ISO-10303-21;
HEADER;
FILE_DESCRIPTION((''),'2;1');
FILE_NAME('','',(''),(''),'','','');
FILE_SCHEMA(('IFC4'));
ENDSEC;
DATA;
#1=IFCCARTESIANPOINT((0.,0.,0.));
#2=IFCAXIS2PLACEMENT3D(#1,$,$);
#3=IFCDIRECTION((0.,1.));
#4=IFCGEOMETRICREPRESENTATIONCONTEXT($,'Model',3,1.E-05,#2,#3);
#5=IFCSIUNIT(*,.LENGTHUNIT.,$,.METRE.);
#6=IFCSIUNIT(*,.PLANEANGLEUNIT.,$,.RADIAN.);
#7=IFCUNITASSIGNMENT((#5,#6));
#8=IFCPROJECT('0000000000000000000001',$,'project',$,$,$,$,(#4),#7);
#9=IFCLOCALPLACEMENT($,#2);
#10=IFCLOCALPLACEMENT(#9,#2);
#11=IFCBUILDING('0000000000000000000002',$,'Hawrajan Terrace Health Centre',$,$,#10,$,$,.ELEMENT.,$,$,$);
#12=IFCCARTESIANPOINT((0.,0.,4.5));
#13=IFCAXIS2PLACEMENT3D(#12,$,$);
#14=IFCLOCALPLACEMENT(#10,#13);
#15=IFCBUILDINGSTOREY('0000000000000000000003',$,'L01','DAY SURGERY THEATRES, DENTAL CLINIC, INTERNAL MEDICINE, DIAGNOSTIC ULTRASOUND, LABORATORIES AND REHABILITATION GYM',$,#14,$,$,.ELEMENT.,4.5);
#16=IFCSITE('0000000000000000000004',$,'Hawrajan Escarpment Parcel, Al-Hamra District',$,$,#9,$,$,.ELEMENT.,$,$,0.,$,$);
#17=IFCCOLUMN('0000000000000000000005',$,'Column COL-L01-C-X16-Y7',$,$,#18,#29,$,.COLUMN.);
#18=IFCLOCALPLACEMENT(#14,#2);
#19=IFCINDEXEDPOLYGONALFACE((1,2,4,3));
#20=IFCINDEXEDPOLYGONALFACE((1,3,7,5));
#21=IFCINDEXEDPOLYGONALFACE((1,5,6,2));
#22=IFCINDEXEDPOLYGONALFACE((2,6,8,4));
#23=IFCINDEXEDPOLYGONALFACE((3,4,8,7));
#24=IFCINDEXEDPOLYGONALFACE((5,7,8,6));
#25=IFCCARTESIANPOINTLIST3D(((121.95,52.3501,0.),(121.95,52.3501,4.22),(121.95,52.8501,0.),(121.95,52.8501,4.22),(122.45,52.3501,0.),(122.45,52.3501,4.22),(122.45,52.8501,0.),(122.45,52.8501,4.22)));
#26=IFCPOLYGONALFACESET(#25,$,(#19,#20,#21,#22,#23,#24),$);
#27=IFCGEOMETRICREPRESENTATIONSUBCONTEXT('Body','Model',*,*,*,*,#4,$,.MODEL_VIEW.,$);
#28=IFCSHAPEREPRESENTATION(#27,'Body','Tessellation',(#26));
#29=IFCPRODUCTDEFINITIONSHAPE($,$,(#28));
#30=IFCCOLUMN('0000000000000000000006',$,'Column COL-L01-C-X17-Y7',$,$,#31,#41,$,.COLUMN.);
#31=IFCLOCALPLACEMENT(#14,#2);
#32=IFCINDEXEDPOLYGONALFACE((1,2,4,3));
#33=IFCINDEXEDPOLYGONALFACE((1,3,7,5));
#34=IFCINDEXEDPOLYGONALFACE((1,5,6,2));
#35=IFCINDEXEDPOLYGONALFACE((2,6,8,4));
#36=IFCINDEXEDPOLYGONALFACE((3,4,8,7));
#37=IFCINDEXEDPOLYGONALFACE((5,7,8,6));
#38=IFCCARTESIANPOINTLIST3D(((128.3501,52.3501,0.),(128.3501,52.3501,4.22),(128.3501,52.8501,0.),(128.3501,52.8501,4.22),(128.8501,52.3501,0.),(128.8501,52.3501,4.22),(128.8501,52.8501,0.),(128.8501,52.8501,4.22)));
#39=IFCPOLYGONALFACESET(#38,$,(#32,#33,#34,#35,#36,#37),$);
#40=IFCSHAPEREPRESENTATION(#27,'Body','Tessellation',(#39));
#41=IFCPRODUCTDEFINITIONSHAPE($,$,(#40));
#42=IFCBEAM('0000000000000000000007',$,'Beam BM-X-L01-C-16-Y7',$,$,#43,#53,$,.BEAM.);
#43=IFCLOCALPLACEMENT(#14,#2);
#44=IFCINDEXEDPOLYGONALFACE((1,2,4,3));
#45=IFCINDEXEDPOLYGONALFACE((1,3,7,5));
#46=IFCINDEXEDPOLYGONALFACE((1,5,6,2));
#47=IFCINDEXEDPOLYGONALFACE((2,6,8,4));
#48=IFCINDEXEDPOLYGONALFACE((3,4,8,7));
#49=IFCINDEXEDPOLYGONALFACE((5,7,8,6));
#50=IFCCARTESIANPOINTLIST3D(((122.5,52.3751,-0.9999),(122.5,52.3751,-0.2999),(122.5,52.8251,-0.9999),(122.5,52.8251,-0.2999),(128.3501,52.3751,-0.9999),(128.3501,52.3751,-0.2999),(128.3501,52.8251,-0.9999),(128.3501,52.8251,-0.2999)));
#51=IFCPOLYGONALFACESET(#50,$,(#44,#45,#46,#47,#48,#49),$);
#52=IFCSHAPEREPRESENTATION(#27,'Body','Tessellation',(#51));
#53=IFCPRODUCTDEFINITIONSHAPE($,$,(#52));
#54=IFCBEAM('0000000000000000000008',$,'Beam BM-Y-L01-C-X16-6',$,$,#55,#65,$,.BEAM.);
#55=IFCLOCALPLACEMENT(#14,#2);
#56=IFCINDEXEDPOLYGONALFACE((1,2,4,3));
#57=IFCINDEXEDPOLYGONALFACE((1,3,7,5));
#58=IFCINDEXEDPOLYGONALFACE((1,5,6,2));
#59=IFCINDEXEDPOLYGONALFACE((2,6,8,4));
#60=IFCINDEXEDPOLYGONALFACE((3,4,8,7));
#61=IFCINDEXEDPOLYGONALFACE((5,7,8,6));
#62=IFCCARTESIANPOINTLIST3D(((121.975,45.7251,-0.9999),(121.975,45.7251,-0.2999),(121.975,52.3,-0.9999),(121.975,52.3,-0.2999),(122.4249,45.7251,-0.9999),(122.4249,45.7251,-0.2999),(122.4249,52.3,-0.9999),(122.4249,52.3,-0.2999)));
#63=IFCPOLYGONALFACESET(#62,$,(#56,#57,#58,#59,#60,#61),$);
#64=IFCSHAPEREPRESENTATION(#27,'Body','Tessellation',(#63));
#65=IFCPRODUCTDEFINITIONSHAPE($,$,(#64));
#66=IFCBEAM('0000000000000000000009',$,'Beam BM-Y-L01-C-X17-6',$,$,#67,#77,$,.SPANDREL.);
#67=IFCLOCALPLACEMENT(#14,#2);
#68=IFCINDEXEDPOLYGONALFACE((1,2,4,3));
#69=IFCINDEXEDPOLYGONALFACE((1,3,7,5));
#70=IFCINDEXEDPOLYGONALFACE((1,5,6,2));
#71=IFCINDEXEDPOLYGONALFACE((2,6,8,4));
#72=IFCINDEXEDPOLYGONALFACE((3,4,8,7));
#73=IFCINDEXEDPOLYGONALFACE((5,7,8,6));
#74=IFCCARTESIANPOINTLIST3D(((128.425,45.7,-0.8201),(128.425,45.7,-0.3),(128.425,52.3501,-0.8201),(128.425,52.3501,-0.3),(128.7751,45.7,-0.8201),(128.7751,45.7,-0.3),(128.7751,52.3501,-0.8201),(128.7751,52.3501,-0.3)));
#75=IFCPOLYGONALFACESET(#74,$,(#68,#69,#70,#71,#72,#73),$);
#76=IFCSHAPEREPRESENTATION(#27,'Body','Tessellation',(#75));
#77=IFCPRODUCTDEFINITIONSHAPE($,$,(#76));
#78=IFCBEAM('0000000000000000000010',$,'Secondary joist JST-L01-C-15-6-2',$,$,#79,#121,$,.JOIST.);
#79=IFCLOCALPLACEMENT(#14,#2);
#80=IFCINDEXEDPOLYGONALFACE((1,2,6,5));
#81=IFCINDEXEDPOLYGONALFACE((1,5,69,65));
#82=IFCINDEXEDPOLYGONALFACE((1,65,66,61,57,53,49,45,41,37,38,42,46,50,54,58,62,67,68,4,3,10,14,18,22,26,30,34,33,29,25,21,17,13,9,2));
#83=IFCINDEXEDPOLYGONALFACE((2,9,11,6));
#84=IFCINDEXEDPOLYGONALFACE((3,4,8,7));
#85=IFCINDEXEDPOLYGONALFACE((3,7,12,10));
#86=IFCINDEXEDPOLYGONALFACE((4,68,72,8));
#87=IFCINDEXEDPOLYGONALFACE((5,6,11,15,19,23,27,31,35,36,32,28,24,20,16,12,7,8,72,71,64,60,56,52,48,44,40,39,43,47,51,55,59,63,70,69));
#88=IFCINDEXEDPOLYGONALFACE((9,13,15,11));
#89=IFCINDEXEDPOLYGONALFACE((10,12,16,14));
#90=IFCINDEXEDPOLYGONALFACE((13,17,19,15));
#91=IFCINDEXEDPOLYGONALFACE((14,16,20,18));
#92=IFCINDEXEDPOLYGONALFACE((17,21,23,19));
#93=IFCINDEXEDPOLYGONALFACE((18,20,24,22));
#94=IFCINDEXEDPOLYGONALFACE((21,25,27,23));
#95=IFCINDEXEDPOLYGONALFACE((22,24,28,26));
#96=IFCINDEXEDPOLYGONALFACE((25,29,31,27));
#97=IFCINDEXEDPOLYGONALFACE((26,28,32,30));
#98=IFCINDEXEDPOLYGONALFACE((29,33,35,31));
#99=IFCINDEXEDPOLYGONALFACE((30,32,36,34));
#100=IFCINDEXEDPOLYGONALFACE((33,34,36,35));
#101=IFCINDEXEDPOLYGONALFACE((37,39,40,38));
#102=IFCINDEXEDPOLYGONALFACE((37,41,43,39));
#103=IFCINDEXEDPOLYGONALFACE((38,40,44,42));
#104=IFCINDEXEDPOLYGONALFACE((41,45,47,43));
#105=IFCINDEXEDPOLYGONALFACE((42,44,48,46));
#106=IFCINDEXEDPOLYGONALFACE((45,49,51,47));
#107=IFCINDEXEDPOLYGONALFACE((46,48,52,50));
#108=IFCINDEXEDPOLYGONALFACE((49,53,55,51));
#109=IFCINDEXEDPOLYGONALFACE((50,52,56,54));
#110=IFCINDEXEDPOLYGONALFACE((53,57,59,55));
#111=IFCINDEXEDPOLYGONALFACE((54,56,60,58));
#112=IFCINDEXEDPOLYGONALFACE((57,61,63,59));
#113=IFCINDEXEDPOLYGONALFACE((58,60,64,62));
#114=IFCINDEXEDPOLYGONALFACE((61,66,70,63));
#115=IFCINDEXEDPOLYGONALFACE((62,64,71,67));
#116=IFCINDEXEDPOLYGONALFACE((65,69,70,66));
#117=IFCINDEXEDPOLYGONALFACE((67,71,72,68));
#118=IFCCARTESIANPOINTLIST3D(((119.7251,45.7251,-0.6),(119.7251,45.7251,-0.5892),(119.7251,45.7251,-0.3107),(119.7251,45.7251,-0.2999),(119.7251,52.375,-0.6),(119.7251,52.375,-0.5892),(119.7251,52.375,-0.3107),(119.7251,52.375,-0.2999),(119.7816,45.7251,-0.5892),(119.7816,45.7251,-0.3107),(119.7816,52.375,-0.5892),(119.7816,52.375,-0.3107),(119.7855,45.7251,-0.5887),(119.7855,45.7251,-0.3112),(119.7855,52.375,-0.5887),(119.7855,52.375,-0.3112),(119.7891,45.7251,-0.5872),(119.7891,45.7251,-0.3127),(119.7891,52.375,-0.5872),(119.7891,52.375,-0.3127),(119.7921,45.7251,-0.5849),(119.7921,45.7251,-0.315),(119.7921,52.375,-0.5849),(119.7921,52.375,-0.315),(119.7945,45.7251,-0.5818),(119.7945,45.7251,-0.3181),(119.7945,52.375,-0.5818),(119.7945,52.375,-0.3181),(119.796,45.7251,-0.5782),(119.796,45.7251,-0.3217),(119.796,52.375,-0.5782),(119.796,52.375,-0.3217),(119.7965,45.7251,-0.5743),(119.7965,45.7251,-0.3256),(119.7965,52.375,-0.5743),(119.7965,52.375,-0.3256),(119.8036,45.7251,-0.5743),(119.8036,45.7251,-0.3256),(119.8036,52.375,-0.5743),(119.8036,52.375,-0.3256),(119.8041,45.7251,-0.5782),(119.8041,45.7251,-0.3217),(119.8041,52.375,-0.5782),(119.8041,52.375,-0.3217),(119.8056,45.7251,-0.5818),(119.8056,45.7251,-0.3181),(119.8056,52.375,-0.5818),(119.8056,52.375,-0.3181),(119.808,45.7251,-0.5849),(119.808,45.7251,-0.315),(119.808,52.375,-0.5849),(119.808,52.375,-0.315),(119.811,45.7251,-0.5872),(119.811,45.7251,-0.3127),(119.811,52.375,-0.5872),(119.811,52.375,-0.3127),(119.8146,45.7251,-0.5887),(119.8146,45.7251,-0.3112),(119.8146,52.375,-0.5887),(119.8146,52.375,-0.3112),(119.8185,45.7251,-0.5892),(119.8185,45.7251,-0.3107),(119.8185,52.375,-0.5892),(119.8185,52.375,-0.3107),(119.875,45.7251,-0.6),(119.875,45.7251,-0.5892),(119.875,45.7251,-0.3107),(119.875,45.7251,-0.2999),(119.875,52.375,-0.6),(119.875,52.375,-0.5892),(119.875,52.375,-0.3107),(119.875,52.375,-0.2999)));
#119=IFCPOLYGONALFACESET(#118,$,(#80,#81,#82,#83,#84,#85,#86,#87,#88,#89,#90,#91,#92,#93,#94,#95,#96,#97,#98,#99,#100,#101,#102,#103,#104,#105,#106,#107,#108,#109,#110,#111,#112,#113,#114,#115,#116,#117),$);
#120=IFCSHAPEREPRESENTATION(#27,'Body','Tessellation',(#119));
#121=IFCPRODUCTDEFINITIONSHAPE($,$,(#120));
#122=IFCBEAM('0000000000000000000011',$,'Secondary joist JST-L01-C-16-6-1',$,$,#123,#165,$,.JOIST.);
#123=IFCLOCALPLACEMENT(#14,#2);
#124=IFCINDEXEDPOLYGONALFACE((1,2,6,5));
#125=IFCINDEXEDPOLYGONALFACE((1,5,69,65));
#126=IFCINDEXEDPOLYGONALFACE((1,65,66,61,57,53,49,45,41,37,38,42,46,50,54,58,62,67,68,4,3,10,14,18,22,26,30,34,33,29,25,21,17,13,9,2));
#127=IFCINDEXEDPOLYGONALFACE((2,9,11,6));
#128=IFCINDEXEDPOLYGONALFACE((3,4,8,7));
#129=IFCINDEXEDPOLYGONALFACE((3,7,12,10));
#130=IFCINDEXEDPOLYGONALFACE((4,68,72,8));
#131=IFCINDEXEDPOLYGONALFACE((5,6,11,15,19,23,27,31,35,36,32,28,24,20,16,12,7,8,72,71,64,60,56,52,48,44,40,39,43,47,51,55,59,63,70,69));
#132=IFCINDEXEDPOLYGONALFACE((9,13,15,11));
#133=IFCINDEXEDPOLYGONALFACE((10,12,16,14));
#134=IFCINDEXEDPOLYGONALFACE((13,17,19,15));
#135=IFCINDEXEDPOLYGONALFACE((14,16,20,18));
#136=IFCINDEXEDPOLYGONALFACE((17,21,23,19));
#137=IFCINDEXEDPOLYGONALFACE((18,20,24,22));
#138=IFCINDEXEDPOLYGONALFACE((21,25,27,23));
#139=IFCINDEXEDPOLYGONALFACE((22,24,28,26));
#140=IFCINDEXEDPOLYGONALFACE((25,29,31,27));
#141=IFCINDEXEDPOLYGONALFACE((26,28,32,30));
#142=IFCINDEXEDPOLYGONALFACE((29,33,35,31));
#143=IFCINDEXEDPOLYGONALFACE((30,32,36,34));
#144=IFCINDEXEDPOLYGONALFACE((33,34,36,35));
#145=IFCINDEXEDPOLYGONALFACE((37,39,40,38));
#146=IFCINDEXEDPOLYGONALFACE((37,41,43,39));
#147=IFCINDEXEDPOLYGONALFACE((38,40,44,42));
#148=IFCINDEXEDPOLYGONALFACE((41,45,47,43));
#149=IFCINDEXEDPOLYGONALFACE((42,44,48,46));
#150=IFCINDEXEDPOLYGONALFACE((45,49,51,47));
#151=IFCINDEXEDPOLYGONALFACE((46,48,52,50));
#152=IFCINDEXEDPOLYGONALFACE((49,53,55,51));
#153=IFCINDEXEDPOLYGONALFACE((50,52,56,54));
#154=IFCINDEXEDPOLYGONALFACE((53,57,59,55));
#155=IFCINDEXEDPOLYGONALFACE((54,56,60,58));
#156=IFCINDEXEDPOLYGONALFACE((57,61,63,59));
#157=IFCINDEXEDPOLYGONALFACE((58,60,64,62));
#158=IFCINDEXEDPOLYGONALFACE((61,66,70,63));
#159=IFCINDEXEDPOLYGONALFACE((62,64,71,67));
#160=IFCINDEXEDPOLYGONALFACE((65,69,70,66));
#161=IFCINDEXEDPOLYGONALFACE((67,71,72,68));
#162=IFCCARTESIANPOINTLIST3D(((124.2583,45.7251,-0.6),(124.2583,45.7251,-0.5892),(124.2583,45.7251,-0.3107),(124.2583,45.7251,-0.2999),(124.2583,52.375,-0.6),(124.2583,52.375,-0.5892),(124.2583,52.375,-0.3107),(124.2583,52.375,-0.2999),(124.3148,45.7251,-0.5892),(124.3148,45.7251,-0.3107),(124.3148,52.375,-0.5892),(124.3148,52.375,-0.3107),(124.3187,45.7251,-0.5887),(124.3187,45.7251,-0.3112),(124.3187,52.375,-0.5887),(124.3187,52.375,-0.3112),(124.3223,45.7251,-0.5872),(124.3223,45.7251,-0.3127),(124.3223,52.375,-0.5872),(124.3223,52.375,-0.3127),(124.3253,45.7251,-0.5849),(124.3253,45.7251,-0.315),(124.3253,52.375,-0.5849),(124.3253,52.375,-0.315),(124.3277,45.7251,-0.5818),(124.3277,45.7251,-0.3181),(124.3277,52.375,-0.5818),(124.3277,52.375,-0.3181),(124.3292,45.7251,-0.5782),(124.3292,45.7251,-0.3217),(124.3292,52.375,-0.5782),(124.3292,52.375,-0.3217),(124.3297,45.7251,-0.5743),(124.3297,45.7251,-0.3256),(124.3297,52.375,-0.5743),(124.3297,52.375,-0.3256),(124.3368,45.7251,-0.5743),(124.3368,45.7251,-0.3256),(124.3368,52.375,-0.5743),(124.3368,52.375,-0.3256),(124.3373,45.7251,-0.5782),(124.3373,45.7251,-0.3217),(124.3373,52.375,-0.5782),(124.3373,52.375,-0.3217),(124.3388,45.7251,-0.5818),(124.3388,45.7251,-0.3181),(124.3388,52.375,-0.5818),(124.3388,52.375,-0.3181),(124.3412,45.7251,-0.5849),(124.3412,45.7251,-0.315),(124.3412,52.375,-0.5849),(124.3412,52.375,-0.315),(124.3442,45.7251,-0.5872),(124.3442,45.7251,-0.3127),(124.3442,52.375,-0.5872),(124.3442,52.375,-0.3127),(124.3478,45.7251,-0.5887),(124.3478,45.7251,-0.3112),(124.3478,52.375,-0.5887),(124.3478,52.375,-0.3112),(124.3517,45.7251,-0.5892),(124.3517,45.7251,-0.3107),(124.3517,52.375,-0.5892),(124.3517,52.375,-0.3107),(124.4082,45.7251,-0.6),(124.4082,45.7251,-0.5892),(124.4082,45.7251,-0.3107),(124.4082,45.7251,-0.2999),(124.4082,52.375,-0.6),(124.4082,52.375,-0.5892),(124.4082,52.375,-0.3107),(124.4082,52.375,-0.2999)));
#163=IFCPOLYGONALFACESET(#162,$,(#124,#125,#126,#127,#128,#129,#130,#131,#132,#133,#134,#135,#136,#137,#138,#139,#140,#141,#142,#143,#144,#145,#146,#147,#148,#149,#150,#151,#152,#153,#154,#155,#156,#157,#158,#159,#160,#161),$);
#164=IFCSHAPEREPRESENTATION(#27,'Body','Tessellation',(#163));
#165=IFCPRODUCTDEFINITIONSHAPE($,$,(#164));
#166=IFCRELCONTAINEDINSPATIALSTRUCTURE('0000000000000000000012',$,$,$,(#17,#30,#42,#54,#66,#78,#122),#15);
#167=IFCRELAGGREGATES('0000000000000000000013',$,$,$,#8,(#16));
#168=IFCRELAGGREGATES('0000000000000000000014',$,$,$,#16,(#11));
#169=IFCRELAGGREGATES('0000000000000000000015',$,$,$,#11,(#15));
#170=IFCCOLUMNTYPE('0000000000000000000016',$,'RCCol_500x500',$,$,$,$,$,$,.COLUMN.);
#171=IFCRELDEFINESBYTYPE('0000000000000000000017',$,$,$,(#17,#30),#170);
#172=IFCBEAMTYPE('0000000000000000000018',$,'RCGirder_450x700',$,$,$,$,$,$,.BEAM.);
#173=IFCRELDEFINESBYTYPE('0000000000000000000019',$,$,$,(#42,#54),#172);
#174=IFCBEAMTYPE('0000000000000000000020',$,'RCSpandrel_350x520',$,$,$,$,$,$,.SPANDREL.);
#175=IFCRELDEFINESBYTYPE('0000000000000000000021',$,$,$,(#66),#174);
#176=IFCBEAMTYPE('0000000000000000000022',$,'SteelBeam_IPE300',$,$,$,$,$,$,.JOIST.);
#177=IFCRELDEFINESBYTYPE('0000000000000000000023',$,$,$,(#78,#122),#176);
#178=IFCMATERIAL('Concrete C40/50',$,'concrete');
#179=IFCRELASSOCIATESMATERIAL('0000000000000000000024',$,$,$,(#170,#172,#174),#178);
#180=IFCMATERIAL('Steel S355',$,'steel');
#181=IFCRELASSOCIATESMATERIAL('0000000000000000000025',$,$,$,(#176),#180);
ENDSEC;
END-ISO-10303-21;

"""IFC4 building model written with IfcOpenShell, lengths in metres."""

from ifc_helpers import new_model, si_unit, direction, frame, origin, origin_2d, place, context, subcontext, project, spatial, rectangle, i_section, extrude, material, material_profile, profile_set, type_object, element, save


model = new_model("IFC4")

# Units and contexts
model_context = context("Model", 3, precision=1e-05, world=origin(), true_north=direction((0.0, 1.0)))
body_context = subcontext(model_context, "Body", "Model", "MODEL_VIEW")
ifc_project = project(units=[si_unit("LENGTHUNIT", "METRE"), si_unit("PLANEANGLEUNIT", "RADIAN")], contexts=[model_context])

# Site, building, storey
site_placement = place(None, origin())
site = spatial("IfcSite", under=ifc_project, at=site_placement, Name="Hawrajan Escarpment Parcel, Al-Hamra District", CompositionType="ELEMENT", RefElevation=0.0)
building_placement = place(site_placement, origin())
building = spatial("IfcBuilding", under=site, at=building_placement, Name="Hawrajan Terrace Health Centre", CompositionType="ELEMENT")
storey_placement = place(building_placement, frame((0.0, 0.0, 4.5)))
storey = spatial("IfcBuildingStorey", under=building, at=storey_placement, Name="L01", Description="DAY SURGERY THEATRES, DENTAL CLINIC, INTERNAL MEDICINE, DIAGNOSTIC ULTRASOUND, LABORATORIES AND REHABILITATION GYM", CompositionType="ELEMENT", Elevation=4.5)

# Columns
ifc_material_1 = material(Name="Concrete C40/50", Category="concrete")
ifc_material_profile_1 = material_profile(ifc_material_1, rectangle(XDim=0.5, YDim=0.5, at=origin_2d()), Name="RC 500x500")
ifc_profile_set_1 = profile_set([ifc_material_profile_1], Name="Concrete C40/50")
column_type = type_object("IfcColumnType", Name="RCCol_500x500", PredefinedType="COLUMN", material=ifc_profile_set_1)
for number, where, z_axis, x_axis, name in (
    (1, (122.2, 52.6001, 0.0), (0.0, 0.0, 1.0), (1.0, 0.0, 0.0), "Column COL-L01-C-X16-Y7"),
    (2, (128.6001, 52.6001, 0.0), (0.0, 0.0, 1.0), (1.0, 0.0, 0.0), "Column COL-L01-C-X17-Y7"),
):
    element("IfcColumn", number, at=place(storey_placement, frame(where, z_axis=z_axis, x_axis=x_axis)), inside=storey, type_object=column_type, Name=name, PredefinedType="COLUMN", context=body_context, shape_type="SweptSolid", body=[
        extrude(rectangle(XDim=0.5, YDim=0.5, at=origin_2d()), origin(), (0.0, 0.0, 1.0), 4.22),
    ])

# Beams
ifc_material_profile_2 = material_profile(ifc_material_1, rectangle(XDim=0.45, YDim=0.7, at=origin_2d()), Name="RC BM 450x700")
ifc_profile_set_2 = profile_set([ifc_material_profile_2], Name="Concrete C40/50")
beam_type_1 = type_object("IfcBeamType", Name="RCGirder_450x700", PredefinedType="BEAM", material=ifc_profile_set_2)
beam_1_placement = place(storey_placement, frame((122.5, 52.6001, -0.6499), z_axis=(1.0, 0.0, 0.0), x_axis=(0.0, 1.0, 0.0)))
element("IfcBeam", 3, at=beam_1_placement, inside=storey, type_object=beam_type_1, Name="Beam BM-X-L01-C-16-Y7", PredefinedType="BEAM", context=body_context, shape_type="SweptSolid", body=[
    extrude(rectangle(XDim=0.45, YDim=0.7, at=origin_2d()), origin(), (0.0, 0.0, 1.0), 5.8501),
])
beam_2_placement = place(storey_placement, frame((122.2, 45.7251, -0.6499), z_axis=(0.0, 1.0, 0.0), x_axis=(-1.0, 0.0, 0.0)))
element("IfcBeam", 4, at=beam_2_placement, inside=storey, type_object=beam_type_1, Name="Beam BM-Y-L01-C-X16-6", PredefinedType="BEAM", context=body_context, shape_type="SweptSolid", body=[
    extrude(rectangle(XDim=0.45, YDim=0.7, at=origin_2d()), origin(), (0.0, 0.0, 1.0), 6.575),
])
ifc_material_profile_3 = material_profile(ifc_material_1, rectangle(XDim=0.3501, YDim=0.52, at=origin_2d()), Name="RC SP 350x520")
ifc_profile_set_3 = profile_set([ifc_material_profile_3], Name="Concrete C40/50")
beam_type_2 = type_object("IfcBeamType", Name="RCSpandrel_350x520", PredefinedType="SPANDREL", material=ifc_profile_set_3)
beam_3_placement = place(storey_placement, frame((128.6001, 45.7, -0.5601), z_axis=(0.0, 1.0, 0.0), x_axis=(-1.0, 0.0, 0.0)))
element("IfcBeam", 5, at=beam_3_placement, inside=storey, type_object=beam_type_2, Name="Beam BM-Y-L01-C-X17-6", PredefinedType="SPANDREL", context=body_context, shape_type="SweptSolid", body=[
    extrude(rectangle(XDim=0.3501, YDim=0.52, at=origin_2d()), origin(), (0.0, 0.0, 1.0), 6.6501),
])
ifc_material_2 = material(Name="Steel S355", Category="steel")
ifc_material_profile_4 = material_profile(ifc_material_2, i_section(OverallWidth=0.1499, OverallDepth=0.3, WebThickness=0.0071, FlangeThickness=0.0107, FilletRadius=0.0149, at=origin_2d()), Name="IPE 300")
ifc_profile_set_4 = profile_set([ifc_material_profile_4], Name="Steel S355")
beam_type_3 = type_object("IfcBeamType", Name="SteelBeam_IPE300", PredefinedType="JOIST", material=ifc_profile_set_4)
for number, where, z_axis, x_axis, name in (
    (6, (119.8, 45.7251, -0.45), (0.0, 1.0, 0.0), (-1.0, 0.0, 0.0), "Secondary joist JST-L01-C-15-6-2"),
    (7, (124.3333, 45.7251, -0.45), (0.0, 1.0, 0.0), (-1.0, 0.0, 0.0), "Secondary joist JST-L01-C-16-6-1"),
):
    element("IfcBeam", number, at=place(storey_placement, frame(where, z_axis=z_axis, x_axis=x_axis)), inside=storey, type_object=beam_type_3, Name=name, PredefinedType="JOIST", context=body_context, shape_type="SweptSolid", body=[
        extrude(i_section(OverallWidth=0.1499, OverallDepth=0.3, WebThickness=0.0071, FlangeThickness=0.0107, FilletRadius=0.0149, at=origin_2d()), origin(), (0.0, 0.0, 1.0), 6.6499),
    ])

save(model, "model.ifc")
